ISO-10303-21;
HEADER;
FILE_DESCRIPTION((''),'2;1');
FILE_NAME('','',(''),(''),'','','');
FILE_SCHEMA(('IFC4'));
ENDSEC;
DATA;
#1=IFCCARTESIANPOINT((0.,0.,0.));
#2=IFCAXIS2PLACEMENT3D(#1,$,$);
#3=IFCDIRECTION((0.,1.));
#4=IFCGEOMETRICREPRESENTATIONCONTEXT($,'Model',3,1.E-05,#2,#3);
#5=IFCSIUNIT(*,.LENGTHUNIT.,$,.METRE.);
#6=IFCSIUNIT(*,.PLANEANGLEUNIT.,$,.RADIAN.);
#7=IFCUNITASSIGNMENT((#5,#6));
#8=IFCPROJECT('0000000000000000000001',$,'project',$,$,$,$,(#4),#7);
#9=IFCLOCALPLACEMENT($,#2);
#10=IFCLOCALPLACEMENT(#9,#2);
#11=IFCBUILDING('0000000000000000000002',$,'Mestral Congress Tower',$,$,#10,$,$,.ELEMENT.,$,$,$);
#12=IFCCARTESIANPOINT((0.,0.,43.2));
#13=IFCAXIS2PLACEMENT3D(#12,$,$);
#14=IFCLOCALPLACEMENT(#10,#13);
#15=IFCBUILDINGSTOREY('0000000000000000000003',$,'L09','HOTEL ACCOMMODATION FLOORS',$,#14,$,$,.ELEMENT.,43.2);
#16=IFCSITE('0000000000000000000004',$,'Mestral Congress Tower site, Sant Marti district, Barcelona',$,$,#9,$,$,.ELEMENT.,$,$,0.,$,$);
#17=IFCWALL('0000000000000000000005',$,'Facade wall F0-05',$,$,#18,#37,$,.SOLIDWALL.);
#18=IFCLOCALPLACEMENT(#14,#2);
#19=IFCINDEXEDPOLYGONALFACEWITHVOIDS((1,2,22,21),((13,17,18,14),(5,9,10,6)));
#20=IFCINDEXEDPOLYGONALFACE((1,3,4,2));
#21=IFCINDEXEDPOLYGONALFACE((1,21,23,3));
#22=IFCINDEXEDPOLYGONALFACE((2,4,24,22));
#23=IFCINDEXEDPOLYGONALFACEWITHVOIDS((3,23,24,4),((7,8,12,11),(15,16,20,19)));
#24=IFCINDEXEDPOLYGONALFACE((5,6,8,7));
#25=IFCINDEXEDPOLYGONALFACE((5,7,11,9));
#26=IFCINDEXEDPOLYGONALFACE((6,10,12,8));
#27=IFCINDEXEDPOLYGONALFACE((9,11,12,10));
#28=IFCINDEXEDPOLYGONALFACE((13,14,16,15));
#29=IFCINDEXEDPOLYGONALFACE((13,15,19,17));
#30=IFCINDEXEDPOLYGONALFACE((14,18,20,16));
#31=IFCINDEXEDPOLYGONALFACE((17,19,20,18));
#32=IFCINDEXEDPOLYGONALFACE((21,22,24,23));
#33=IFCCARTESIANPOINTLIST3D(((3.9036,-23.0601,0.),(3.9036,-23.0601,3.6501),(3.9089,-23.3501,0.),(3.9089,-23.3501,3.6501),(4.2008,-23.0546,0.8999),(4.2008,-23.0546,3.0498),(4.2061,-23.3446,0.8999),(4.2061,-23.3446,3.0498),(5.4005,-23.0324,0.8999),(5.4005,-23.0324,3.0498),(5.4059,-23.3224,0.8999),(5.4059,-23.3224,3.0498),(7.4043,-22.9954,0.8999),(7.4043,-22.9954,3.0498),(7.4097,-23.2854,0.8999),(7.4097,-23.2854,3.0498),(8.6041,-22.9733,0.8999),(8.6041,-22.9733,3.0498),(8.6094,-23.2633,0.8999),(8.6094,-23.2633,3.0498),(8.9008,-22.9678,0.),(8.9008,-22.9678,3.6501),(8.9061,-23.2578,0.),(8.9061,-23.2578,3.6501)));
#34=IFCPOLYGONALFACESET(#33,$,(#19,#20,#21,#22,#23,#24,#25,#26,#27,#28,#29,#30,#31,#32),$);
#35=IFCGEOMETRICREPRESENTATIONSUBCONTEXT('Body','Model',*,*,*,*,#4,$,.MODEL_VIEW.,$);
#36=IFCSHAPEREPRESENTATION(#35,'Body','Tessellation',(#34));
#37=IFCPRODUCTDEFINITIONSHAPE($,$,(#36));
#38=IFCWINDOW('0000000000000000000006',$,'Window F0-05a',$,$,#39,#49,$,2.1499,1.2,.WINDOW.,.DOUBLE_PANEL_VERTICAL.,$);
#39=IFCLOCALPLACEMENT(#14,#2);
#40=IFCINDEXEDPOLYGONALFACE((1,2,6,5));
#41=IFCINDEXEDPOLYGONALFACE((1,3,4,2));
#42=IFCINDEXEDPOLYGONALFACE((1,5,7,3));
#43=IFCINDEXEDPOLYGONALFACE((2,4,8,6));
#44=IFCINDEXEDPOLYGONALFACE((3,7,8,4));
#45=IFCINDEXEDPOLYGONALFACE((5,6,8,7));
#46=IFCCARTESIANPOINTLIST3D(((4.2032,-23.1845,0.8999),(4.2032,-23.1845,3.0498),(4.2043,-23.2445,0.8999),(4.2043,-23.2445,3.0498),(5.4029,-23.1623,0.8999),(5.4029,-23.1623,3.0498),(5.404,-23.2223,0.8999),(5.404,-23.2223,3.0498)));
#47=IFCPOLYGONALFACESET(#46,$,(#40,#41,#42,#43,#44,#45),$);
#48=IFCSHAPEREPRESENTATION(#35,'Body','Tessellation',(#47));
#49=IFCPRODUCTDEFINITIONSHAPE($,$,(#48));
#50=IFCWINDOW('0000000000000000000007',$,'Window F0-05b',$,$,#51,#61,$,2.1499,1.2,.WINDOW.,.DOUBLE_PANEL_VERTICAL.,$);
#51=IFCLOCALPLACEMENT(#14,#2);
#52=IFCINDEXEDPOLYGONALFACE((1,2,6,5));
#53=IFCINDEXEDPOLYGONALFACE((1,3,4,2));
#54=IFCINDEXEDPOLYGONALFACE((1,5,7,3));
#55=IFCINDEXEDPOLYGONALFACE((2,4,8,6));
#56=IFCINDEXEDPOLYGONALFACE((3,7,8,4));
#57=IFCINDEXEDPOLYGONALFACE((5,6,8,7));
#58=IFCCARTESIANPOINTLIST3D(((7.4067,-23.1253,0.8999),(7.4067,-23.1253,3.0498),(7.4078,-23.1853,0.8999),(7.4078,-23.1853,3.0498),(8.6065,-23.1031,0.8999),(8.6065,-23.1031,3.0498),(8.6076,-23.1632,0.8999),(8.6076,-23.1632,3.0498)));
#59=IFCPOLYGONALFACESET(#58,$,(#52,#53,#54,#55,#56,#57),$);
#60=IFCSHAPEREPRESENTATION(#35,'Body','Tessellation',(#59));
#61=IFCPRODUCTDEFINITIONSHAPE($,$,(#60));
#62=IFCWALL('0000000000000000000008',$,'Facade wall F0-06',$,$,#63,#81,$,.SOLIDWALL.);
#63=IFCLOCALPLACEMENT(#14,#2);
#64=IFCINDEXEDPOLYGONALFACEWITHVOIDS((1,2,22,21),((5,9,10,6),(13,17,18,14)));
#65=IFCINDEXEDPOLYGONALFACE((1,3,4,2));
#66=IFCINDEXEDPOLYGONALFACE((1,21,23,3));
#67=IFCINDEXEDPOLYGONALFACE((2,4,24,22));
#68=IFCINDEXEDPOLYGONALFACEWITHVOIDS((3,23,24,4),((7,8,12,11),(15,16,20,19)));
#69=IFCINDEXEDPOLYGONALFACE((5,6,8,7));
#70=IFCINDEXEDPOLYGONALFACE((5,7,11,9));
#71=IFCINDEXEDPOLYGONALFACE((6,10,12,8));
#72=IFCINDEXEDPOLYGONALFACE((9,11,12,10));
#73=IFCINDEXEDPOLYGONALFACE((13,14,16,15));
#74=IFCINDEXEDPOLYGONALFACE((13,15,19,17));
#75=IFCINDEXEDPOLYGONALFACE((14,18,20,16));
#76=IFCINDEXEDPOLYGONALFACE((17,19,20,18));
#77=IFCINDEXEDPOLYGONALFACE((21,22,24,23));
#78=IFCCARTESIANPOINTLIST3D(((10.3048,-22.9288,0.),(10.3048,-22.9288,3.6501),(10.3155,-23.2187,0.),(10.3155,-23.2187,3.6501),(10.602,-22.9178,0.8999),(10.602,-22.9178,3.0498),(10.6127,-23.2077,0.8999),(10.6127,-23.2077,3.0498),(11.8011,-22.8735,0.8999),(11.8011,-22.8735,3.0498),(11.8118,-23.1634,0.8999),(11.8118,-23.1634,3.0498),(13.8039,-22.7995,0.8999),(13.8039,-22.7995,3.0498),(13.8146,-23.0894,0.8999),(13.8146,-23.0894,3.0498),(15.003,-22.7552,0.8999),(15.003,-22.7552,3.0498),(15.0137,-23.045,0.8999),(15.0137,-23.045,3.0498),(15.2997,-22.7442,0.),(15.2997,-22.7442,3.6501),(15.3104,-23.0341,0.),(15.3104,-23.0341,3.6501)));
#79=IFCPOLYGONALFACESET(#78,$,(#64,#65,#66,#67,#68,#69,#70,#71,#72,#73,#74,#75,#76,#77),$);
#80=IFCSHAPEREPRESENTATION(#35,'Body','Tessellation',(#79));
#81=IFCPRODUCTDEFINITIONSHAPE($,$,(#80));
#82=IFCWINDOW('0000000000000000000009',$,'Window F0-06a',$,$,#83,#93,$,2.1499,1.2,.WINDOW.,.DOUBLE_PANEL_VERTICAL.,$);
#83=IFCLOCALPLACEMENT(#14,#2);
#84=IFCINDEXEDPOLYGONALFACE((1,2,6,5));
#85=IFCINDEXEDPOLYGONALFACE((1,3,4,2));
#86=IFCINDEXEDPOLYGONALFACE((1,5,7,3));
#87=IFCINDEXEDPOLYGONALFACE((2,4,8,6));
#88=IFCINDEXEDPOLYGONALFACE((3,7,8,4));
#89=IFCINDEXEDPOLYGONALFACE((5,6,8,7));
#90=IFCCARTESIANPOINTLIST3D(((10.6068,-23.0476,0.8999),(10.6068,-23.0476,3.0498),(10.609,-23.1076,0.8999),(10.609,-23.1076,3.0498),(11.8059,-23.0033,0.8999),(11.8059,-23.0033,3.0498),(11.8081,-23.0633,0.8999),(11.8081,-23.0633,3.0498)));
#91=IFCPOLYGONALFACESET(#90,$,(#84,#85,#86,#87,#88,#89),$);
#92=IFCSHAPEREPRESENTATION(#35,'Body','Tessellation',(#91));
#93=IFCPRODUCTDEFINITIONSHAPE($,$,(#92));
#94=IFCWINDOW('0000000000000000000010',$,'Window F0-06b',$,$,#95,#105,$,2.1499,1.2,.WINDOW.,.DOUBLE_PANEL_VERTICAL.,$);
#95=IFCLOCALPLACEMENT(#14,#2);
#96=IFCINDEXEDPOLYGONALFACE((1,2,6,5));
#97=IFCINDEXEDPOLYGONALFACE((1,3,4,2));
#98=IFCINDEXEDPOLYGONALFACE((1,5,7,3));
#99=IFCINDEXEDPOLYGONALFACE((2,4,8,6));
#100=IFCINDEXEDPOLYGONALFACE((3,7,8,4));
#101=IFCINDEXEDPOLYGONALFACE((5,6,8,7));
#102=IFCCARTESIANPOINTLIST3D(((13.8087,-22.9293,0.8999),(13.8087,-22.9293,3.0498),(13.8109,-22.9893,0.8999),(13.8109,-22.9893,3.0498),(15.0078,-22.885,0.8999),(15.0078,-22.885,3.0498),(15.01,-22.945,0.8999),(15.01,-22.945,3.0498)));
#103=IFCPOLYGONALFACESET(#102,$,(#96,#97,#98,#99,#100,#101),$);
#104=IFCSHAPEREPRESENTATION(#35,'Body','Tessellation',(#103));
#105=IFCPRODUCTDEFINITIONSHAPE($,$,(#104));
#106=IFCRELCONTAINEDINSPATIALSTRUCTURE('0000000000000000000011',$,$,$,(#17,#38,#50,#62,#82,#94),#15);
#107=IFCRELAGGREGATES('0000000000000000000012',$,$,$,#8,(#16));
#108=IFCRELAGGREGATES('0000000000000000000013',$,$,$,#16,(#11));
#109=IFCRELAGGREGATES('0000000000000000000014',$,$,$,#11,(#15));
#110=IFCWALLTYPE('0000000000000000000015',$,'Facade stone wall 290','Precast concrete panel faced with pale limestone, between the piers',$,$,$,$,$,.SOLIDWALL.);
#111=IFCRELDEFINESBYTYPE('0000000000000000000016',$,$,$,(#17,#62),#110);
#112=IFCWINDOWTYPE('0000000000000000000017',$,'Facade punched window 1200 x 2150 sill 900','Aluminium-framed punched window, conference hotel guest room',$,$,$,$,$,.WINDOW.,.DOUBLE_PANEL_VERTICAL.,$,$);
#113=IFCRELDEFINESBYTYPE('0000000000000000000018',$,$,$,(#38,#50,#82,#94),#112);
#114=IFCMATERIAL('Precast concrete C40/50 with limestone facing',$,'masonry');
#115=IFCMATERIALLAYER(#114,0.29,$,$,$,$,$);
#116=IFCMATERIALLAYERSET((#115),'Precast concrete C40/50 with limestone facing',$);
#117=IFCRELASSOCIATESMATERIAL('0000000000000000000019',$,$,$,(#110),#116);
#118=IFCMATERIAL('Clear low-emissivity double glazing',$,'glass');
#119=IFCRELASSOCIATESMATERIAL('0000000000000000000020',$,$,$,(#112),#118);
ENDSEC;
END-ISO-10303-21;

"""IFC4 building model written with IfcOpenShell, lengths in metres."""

from ifc_helpers import new_model, si_unit, direction, frame, frame_2d, origin, place, context, subcontext, project, spatial, rectangle, extrude, material, layer, layer_set, type_object, element, fill, save


model = new_model("IFC4")

# Units and contexts
model_context = context("Model", 3, precision=1e-05, world=origin(), true_north=direction((0.0, 1.0)))
body_context = subcontext(model_context, "Body", "Model", "MODEL_VIEW")
ifc_project = project(units=[si_unit("LENGTHUNIT", "METRE"), si_unit("PLANEANGLEUNIT", "RADIAN")], contexts=[model_context])

# Site, building, storey
site_placement = place(None, origin())
site = spatial("IfcSite", under=ifc_project, at=site_placement, Name="Mestral Congress Tower site, Sant Marti district, Barcelona", CompositionType="ELEMENT", RefElevation=0.0)
building_placement = place(site_placement, origin())
building = spatial("IfcBuilding", under=site, at=building_placement, Name="Mestral Congress Tower", CompositionType="ELEMENT")
storey_placement = place(building_placement, frame((0.0, 0.0, 43.2)))
storey = spatial("IfcBuildingStorey", under=building, at=storey_placement, Name="L09", Description="HOTEL ACCOMMODATION FLOORS", CompositionType="ELEMENT", Elevation=43.2)

# Walls, openings, windows
ifc_material_1 = material(Name="Precast concrete C40/50 with limestone facing", Category="masonry")
ifc_layer_1 = layer(ifc_material_1, 0.29)
ifc_layer_set_1 = layer_set([ifc_layer_1], Name="Precast concrete C40/50 with limestone facing")
wall_type_1 = type_object("IfcWallType", Name="Facade stone wall 290", Description="Precast concrete panel faced with pale limestone, between the piers", PredefinedType="SOLIDWALL", material=ifc_layer_set_1)
wall_1_placement = place(storey_placement, frame((3.9062, -23.2051, 0.0), z_axis=(0.0, 0.0, 1.0), x_axis=(0.99983, 0.018464, 0.0)))
wall_1 = element("IfcWall", 1, at=wall_1_placement, inside=storey, type_object=wall_type_1, Name="Facade wall F0-05", PredefinedType="SOLIDWALL", context=body_context, shape_type="SweptSolid", body=[
    extrude(rectangle(XDim=4.998, YDim=0.29, at=frame_2d((2.499, 0.0))), origin(), (0.0, 0.0, 1.0), 3.6501),
])
opening_1_placement = place(wall_1_placement, frame((0.2971, 0.0, 0.8999)))
opening_1 = element("IfcOpeningElement", 2, at=opening_1_placement, cuts=wall_1, PredefinedType="OPENING", context=body_context, shape_type="SweptSolid", body=[
    extrude(rectangle(XDim=1.2, YDim=2.1499, at=frame_2d((0.6001, 1.075))), frame((0.0, 0.155, 0.0), z_axis=(0.0, -1.0, 0.0), x_axis=(1.0, 0.0, 0.0)), (0.0, 0.0, 1.0), 0.3101),
])
opening_2_placement = place(wall_1_placement, frame((3.5012, 0.0, 0.8999)))
opening_2 = element("IfcOpeningElement", 3, at=opening_2_placement, cuts=wall_1, PredefinedType="OPENING", context=body_context, shape_type="SweptSolid", body=[
    extrude(rectangle(XDim=1.2, YDim=2.1499, at=frame_2d((0.6001, 1.075))), frame((0.0, 0.155, 0.0), z_axis=(0.0, -1.0, 0.0), x_axis=(1.0, 0.0, 0.0)), (0.0, 0.0, 1.0), 0.3101),
])
ifc_material_2 = material(Name="Clear low-emissivity double glazing", Category="glass")
window_type = type_object("IfcWindowType", Name="Facade punched window 1200 x 2150 sill 900", Description="Aluminium-framed punched window, conference hotel guest room", PartitioningType="DOUBLE_PANEL_VERTICAL", PredefinedType="WINDOW", material=ifc_material_2)
window_1_placement = place(opening_1_placement, origin())
window_1 = element("IfcWindow", 4, at=window_1_placement, inside=storey, type_object=window_type, Name="Window F0-05a", OverallHeight=2.1499, OverallWidth=1.2, PartitioningType="DOUBLE_PANEL_VERTICAL", PredefinedType="WINDOW", context=body_context, shape_type="SweptSolid", body=[
    extrude(rectangle(XDim=1.2, YDim=2.1499, at=frame_2d((0.6001, 1.075))), frame((0.0, 0.0151, 0.0), z_axis=(0.0, -1.0, 0.0), x_axis=(1.0, 0.0, 0.0)), (0.0, 0.0, 1.0), 0.0601),
])
fill(opening_1, window_1)
window_2_placement = place(opening_2_placement, origin())
window_2 = element("IfcWindow", 5, at=window_2_placement, inside=storey, type_object=window_type, Name="Window F0-05b", OverallHeight=2.1499, OverallWidth=1.2, PartitioningType="DOUBLE_PANEL_VERTICAL", PredefinedType="WINDOW", context=body_context, shape_type="SweptSolid", body=[
    extrude(rectangle(XDim=1.2, YDim=2.1499, at=frame_2d((0.6001, 1.075))), frame((0.0, 0.0151, 0.0), z_axis=(0.0, -1.0, 0.0), x_axis=(1.0, 0.0, 0.0)), (0.0, 0.0, 1.0), 0.0601),
])
fill(opening_2, window_2)
wall_2_placement = place(storey_placement, frame((10.3103, -23.0737, 0.0), z_axis=(0.0, 0.0, 1.0), x_axis=(0.999318, 0.036927, 0.0)))
wall_2 = element("IfcWall", 6, at=wall_2_placement, inside=storey, type_object=wall_type_1, Name="Facade wall F0-06", PredefinedType="SOLIDWALL", context=body_context, shape_type="SweptSolid", body=[
    extrude(rectangle(XDim=4.9983, YDim=0.29, at=frame_2d((2.499, 0.0))), origin(), (0.0, 0.0, 1.0), 3.6501),
])
opening_3_placement = place(wall_2_placement, frame((0.2971, 0.0, 0.8999)))
opening_3 = element("IfcOpeningElement", 7, at=opening_3_placement, cuts=wall_2, PredefinedType="OPENING", context=body_context, shape_type="SweptSolid", body=[
    extrude(rectangle(XDim=1.2, YDim=2.1499, at=frame_2d((0.6001, 1.075))), frame((0.0, 0.155, 0.0), z_axis=(0.0, -1.0, 0.0), x_axis=(1.0, 0.0, 0.0)), (0.0, 0.0, 1.0), 0.3101),
])
opening_4_placement = place(wall_2_placement, frame((3.5012, 0.0, 0.8999)))
opening_4 = element("IfcOpeningElement", 8, at=opening_4_placement, cuts=wall_2, PredefinedType="OPENING", context=body_context, shape_type="SweptSolid", body=[
    extrude(rectangle(XDim=1.2, YDim=2.1499, at=frame_2d((0.6001, 1.075))), frame((0.0, 0.155, 0.0), z_axis=(0.0, -1.0, 0.0), x_axis=(1.0, 0.0, 0.0)), (0.0, 0.0, 1.0), 0.3101),
])
window_3_placement = place(opening_3_placement, origin())
window_3 = element("IfcWindow", 9, at=window_3_placement, inside=storey, type_object=window_type, Name="Window F0-06a", OverallHeight=2.1499, OverallWidth=1.2, PartitioningType="DOUBLE_PANEL_VERTICAL", PredefinedType="WINDOW", context=body_context, shape_type="SweptSolid", body=[
    extrude(rectangle(XDim=1.2, YDim=2.1499, at=frame_2d((0.6001, 1.075))), frame((0.0, 0.0151, 0.0), z_axis=(0.0, -1.0, 0.0), x_axis=(1.0, 0.0, 0.0)), (0.0, 0.0, 1.0), 0.0601),
])
fill(opening_3, window_3)
window_4_placement = place(opening_4_placement, origin())
window_4 = element("IfcWindow", 10, at=window_4_placement, inside=storey, type_object=window_type, Name="Window F0-06b", OverallHeight=2.1499, OverallWidth=1.2, PartitioningType="DOUBLE_PANEL_VERTICAL", PredefinedType="WINDOW", context=body_context, shape_type="SweptSolid", body=[
    extrude(rectangle(XDim=1.2, YDim=2.1499, at=frame_2d((0.6001, 1.075))), frame((0.0, 0.0151, 0.0), z_axis=(0.0, -1.0, 0.0), x_axis=(1.0, 0.0, 0.0)), (0.0, 0.0, 1.0), 0.0601),
])
fill(opening_4, window_4)

save(model, "model.ifc")
